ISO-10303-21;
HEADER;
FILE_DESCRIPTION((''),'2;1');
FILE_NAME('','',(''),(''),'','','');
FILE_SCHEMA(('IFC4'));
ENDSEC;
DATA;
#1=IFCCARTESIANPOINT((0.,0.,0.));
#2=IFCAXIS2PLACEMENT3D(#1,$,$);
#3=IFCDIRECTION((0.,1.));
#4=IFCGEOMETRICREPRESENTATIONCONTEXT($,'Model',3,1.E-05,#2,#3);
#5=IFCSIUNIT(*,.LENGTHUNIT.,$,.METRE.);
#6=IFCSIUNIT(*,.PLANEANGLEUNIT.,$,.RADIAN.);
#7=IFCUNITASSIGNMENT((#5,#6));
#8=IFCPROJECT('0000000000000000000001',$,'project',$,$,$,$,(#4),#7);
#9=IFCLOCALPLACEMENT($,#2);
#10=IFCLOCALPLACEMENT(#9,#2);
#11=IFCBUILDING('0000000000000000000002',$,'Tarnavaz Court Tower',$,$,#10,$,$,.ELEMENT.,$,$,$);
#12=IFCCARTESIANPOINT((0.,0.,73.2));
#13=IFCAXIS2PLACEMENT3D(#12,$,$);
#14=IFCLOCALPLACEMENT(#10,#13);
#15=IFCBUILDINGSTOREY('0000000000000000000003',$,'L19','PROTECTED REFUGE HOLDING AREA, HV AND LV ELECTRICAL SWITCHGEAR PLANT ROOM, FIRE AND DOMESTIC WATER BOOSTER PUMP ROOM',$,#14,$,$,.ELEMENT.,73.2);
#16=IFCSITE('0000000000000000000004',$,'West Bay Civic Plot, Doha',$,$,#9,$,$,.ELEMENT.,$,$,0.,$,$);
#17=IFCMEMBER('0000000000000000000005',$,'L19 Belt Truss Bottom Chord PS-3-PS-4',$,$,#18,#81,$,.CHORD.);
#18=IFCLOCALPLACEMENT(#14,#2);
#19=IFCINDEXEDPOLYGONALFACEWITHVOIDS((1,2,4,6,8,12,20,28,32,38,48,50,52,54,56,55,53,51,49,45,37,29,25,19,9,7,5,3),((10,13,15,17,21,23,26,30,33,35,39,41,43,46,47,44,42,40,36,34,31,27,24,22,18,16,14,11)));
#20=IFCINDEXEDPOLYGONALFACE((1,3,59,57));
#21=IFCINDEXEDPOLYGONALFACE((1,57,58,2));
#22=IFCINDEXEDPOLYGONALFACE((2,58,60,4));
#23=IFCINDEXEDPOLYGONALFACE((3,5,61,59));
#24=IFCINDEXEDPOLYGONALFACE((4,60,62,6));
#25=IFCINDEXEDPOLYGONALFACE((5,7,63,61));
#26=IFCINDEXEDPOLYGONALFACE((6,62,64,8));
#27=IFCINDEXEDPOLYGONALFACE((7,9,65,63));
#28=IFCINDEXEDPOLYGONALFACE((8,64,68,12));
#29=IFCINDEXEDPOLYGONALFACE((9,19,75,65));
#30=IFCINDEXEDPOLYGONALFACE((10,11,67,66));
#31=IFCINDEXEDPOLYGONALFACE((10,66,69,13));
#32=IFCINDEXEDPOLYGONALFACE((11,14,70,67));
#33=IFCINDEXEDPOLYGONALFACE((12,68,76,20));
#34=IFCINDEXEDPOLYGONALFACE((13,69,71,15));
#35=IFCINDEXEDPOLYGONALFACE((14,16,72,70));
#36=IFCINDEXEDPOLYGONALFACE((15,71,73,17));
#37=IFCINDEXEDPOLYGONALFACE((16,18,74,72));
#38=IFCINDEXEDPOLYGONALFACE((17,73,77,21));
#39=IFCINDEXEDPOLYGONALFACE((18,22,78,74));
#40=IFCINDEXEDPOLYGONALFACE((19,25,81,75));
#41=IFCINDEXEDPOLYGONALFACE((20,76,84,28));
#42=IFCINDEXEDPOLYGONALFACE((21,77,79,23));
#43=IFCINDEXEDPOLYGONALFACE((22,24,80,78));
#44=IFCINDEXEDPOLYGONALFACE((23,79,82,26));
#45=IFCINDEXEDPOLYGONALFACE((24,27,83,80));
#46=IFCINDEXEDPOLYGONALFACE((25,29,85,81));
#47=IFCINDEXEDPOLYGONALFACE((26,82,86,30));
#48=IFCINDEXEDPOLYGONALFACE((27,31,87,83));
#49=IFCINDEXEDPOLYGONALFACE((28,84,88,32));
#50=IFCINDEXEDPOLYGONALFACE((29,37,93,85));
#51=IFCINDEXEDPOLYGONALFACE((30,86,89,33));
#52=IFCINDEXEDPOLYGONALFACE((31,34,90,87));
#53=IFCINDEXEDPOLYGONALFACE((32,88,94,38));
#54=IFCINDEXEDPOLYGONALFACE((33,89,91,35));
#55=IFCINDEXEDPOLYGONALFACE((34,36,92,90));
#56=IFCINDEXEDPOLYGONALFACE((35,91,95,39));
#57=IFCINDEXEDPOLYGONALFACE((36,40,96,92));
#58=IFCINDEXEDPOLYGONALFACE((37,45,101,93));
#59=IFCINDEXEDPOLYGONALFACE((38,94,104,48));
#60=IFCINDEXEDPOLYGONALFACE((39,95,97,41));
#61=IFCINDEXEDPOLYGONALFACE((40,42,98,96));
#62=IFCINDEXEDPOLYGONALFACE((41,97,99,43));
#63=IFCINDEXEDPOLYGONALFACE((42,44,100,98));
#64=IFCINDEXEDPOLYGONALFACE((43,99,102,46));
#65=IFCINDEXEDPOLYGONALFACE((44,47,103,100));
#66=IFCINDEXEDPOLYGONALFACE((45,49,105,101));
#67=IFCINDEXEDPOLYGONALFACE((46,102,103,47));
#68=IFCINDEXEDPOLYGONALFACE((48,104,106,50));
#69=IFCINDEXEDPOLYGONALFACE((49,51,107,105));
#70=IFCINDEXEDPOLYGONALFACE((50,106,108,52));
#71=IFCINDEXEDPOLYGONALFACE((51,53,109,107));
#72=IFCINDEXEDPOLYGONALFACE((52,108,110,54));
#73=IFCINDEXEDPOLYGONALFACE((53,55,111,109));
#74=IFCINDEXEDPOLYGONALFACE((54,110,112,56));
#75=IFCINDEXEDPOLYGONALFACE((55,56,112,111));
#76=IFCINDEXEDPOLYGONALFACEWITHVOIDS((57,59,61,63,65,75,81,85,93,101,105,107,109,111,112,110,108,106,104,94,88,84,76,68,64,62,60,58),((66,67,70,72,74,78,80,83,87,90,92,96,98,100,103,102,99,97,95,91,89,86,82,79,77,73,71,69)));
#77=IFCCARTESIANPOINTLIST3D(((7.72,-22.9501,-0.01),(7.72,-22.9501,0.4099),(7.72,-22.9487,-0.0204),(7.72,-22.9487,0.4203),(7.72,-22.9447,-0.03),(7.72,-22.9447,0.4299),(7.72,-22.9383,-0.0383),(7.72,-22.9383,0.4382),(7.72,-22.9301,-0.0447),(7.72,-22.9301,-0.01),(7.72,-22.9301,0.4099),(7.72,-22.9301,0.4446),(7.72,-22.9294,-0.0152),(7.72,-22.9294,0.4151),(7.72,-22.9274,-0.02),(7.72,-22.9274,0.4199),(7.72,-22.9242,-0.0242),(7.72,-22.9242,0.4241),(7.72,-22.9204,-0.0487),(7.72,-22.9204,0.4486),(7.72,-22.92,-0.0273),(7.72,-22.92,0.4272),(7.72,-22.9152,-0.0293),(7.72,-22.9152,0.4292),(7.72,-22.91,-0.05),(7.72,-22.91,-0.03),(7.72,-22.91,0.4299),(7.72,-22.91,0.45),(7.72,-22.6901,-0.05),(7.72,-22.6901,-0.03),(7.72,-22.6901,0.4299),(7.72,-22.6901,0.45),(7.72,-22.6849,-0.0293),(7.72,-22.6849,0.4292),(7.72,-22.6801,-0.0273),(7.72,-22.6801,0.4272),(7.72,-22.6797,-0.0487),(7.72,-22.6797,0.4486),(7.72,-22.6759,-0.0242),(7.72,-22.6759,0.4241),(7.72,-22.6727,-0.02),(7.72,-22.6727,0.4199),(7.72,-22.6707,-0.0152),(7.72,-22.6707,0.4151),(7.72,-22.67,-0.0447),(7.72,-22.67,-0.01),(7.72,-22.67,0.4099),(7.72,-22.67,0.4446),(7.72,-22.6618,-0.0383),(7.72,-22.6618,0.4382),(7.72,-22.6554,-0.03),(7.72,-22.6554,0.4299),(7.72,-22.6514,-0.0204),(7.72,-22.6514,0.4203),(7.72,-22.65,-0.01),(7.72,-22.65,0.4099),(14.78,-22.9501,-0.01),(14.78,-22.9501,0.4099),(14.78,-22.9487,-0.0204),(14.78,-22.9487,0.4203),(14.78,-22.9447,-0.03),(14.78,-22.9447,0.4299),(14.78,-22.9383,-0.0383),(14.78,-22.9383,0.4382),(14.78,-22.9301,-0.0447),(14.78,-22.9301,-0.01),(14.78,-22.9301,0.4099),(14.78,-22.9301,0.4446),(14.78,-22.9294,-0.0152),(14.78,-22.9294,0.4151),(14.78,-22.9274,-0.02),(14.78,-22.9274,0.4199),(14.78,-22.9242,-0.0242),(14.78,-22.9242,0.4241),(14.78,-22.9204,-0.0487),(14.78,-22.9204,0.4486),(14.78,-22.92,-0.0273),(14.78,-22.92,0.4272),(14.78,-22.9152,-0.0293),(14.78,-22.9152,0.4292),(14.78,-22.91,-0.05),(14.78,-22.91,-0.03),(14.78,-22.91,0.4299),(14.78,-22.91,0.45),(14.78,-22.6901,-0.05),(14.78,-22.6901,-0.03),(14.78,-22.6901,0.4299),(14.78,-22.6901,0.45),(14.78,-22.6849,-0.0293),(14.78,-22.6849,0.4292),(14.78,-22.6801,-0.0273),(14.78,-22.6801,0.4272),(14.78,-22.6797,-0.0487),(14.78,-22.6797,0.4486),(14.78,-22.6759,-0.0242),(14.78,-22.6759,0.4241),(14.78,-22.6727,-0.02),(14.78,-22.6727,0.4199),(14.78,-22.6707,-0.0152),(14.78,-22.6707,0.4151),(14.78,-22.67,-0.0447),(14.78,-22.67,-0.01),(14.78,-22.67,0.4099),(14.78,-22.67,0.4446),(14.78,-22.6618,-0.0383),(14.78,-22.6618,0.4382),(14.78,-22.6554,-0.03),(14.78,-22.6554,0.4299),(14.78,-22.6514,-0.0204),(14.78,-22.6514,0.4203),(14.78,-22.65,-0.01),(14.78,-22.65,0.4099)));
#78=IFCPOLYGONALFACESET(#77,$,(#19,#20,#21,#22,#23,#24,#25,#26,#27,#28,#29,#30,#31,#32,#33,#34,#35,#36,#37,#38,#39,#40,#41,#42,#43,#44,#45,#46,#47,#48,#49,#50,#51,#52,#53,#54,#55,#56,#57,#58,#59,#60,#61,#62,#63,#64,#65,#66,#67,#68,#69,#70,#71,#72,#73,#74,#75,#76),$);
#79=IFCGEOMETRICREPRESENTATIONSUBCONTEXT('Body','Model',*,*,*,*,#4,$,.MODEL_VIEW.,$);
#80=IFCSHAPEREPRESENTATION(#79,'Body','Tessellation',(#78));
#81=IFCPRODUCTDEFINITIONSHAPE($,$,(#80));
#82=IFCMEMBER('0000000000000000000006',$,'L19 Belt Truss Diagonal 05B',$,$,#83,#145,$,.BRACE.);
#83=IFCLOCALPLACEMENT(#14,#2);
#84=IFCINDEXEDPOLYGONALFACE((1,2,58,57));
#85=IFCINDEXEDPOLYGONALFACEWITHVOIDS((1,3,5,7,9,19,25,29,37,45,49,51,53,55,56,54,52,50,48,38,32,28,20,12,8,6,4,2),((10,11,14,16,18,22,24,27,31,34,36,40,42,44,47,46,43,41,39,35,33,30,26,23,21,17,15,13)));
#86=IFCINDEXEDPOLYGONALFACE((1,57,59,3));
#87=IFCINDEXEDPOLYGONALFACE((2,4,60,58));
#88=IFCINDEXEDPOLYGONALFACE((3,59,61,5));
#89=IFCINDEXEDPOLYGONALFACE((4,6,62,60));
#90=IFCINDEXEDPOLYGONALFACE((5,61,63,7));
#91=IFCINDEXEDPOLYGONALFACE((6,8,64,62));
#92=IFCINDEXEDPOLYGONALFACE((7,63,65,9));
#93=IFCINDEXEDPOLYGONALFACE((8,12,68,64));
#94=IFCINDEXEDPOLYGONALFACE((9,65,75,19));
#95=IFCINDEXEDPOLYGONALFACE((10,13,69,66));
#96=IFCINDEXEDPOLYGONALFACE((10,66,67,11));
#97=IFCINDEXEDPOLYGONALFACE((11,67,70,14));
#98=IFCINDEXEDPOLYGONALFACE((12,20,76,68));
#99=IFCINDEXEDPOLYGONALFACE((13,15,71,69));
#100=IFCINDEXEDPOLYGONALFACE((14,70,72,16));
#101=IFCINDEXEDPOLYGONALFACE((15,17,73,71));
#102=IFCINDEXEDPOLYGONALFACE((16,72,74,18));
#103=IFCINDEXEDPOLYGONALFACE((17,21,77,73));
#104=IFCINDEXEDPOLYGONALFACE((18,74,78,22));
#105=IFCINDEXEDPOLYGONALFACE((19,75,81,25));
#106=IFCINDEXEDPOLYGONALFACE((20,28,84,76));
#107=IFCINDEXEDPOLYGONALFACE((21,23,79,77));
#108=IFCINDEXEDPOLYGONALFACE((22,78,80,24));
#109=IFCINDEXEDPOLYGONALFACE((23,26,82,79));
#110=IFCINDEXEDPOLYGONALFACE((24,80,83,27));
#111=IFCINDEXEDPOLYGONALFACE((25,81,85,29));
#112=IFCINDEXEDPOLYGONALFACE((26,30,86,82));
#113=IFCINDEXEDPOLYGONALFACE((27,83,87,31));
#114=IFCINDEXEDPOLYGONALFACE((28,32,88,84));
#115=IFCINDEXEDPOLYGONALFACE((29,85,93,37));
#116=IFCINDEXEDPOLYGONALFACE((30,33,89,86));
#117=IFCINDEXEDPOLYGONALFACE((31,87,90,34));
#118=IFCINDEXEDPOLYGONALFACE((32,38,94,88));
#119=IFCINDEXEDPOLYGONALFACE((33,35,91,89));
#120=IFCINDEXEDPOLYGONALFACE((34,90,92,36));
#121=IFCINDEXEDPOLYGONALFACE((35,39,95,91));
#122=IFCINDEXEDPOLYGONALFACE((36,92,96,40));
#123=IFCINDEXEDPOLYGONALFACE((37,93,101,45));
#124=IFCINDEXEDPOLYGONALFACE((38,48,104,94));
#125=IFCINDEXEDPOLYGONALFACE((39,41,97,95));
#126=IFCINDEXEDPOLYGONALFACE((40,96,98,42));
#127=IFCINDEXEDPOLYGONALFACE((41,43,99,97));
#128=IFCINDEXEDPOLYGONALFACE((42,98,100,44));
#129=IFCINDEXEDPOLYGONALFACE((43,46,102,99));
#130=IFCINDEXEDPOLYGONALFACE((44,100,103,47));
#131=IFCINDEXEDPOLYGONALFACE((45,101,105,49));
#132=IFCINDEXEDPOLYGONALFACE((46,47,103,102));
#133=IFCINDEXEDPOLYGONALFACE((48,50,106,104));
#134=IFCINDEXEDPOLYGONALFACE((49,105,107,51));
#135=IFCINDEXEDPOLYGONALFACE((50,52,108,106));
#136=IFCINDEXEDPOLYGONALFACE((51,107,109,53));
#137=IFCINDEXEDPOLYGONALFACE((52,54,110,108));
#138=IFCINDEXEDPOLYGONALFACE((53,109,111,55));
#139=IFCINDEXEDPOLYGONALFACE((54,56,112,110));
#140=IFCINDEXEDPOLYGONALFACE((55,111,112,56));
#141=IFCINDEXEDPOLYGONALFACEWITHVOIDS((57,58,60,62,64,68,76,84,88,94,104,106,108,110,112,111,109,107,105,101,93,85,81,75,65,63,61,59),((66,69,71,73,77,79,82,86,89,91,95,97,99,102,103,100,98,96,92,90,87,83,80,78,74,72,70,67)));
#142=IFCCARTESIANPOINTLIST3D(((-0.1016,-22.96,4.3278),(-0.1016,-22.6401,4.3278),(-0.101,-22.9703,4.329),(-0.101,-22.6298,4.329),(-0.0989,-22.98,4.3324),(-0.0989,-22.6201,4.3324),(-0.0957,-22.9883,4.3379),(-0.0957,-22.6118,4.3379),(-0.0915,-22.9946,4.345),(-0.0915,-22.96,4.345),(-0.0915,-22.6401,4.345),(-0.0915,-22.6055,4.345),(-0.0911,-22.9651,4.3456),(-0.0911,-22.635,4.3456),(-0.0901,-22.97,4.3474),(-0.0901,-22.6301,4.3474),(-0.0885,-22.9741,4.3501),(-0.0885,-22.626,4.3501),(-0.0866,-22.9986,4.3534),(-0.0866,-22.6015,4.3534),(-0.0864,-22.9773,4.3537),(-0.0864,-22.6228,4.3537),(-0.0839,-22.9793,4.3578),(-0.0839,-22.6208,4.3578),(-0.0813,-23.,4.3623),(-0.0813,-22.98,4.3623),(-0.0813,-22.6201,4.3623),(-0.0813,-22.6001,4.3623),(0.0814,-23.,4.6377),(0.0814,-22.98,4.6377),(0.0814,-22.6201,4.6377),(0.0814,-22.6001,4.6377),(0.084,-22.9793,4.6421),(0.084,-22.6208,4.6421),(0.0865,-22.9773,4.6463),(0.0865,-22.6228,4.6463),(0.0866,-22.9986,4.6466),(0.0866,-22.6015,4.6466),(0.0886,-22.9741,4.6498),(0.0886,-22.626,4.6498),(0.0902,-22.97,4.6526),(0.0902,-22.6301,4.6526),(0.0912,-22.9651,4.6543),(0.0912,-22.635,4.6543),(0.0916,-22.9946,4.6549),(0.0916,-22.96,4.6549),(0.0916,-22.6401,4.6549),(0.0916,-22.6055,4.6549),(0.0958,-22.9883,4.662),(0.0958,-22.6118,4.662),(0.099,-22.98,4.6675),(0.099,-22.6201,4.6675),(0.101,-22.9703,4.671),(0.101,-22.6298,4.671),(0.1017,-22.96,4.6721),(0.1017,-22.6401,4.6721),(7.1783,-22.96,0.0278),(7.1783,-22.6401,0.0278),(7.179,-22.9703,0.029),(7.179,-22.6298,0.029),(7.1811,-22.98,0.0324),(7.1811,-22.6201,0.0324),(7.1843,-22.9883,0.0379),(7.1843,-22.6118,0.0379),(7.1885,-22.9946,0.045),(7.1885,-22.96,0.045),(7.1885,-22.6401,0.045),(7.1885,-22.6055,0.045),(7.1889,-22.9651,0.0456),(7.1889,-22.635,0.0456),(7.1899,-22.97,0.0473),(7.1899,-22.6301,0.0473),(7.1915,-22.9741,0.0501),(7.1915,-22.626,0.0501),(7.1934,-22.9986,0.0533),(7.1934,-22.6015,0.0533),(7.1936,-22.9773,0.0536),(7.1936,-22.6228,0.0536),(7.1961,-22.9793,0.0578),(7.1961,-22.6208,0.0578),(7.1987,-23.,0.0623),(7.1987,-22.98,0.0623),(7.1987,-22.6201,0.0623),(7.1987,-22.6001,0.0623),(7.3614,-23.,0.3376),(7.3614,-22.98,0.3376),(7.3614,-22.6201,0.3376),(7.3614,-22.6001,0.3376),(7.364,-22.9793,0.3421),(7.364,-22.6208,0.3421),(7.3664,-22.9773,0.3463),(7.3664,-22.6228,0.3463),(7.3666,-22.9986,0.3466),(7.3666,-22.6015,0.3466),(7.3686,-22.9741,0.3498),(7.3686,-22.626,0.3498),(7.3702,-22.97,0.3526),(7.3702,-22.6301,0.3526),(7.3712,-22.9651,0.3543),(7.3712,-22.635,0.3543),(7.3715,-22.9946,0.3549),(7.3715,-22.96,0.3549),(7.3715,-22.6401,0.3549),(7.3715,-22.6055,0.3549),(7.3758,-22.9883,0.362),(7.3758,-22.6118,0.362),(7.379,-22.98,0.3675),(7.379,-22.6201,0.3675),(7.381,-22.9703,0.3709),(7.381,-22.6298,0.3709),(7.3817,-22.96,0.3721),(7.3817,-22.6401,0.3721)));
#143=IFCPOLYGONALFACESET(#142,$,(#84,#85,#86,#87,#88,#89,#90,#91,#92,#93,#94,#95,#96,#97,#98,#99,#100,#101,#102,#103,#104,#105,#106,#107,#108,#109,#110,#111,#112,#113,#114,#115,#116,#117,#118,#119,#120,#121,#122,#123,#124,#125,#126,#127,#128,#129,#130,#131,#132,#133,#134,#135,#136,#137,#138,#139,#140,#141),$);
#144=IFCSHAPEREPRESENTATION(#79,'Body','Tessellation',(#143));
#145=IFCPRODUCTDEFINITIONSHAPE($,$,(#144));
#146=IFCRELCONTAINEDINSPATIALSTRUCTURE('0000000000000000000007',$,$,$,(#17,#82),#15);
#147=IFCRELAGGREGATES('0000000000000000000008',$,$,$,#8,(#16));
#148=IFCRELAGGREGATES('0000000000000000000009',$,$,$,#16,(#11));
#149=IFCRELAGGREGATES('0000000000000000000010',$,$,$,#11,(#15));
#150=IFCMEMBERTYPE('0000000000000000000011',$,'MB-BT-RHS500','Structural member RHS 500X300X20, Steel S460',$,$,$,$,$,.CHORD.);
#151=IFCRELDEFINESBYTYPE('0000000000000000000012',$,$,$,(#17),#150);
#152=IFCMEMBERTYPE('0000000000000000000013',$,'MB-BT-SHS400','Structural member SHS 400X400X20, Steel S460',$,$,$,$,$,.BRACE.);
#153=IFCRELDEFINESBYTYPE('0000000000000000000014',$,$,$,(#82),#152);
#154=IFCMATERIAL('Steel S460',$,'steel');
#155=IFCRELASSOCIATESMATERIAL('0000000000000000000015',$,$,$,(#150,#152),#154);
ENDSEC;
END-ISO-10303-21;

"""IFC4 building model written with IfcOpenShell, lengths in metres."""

from ifc_helpers import new_model, si_unit, direction, frame, origin, origin_2d, place, context, subcontext, project, spatial, hollow_rectangle, extrude, material, material_profile, profile_set, type_object, element, save


model = new_model("IFC4")

# Units and contexts
model_context = context("Model", 3, precision=1e-05, world=origin(), true_north=direction((0.0, 1.0)))
body_context = subcontext(model_context, "Body", "Model", "MODEL_VIEW")
ifc_project = project(units=[si_unit("LENGTHUNIT", "METRE"), si_unit("PLANEANGLEUNIT", "RADIAN")], contexts=[model_context])

# Site, building, storey
site_placement = place(None, origin())
site = spatial("IfcSite", under=ifc_project, at=site_placement, Name="West Bay Civic Plot, Doha", CompositionType="ELEMENT", RefElevation=0.0)
building_placement = place(site_placement, origin())
building = spatial("IfcBuilding", under=site, at=building_placement, Name="Tarnavaz Court Tower", CompositionType="ELEMENT")
storey_placement = place(building_placement, frame((0.0, 0.0, 73.2)))
storey = spatial("IfcBuildingStorey", under=building, at=storey_placement, Name="L19", Description="PROTECTED REFUGE HOLDING AREA, HV AND LV ELECTRICAL SWITCHGEAR PLANT ROOM, FIRE AND DOMESTIC WATER BOOSTER PUMP ROOM", CompositionType="ELEMENT", Elevation=73.2)

# Shared definitions
ifc_material_1 = material(Name="Steel S460", Category="steel")

# Members
ifc_material_profile_1 = material_profile(ifc_material_1, hollow_rectangle(XDim=0.3, YDim=0.5, WallThickness=0.02, InnerFilletRadius=0.02, OuterFilletRadius=0.04, at=origin_2d()), Name="RHS 500X300X20")
ifc_profile_set_1 = profile_set([ifc_material_profile_1], Name="Steel S460")
member_type_1 = type_object("IfcMemberType", Name="MB-BT-RHS500", Description="Structural member RHS 500X300X20, Steel S460", PredefinedType="CHORD", material=ifc_profile_set_1)
member_1_placement = place(storey_placement, frame((7.72, -22.8, 0.2), z_axis=(1.0, 0.0, 0.0), x_axis=(0.0, 1.0, 0.0)))
element("IfcMember", 1, at=member_1_placement, inside=storey, type_object=member_type_1, Name="L19 Belt Truss Bottom Chord PS-3-PS-4", PredefinedType="CHORD", context=body_context, shape_type="SweptSolid", body=[
    extrude(hollow_rectangle(XDim=0.3, YDim=0.5, WallThickness=0.02, InnerFilletRadius=0.02, OuterFilletRadius=0.04, at=origin_2d()), origin(), (0.0, 0.0, 1.0), 7.0601),
])
ifc_material_profile_2 = material_profile(ifc_material_1, hollow_rectangle(XDim=0.3999, YDim=0.3999, WallThickness=0.02, InnerFilletRadius=0.02, OuterFilletRadius=0.04, at=origin_2d()), Name="SHS 400X400X20")
ifc_profile_set_2 = profile_set([ifc_material_profile_2], Name="Steel S460")
member_type_2 = type_object("IfcMemberType", Name="MB-BT-SHS400", Description="Structural member SHS 400X400X20, Steel S460", PredefinedType="BRACE", material=ifc_profile_set_2)
member_2_placement = place(storey_placement, frame((7.28, -22.8, 0.2), z_axis=(-0.861019, 0.0, 0.508573), x_axis=(0.0, -1.0, 0.0)))
element("IfcMember", 2, at=member_2_placement, inside=storey, type_object=member_type_2, Name="L19 Belt Truss Diagonal 05B", PredefinedType="BRACE", context=body_context, shape_type="SweptSolid", body=[
    extrude(hollow_rectangle(XDim=0.3999, YDim=0.3999, WallThickness=0.02, InnerFilletRadius=0.02, OuterFilletRadius=0.04, at=origin_2d()), origin(), (0.0, 0.0, 1.0), 8.4551),
])

save(model, "model.ifc")
